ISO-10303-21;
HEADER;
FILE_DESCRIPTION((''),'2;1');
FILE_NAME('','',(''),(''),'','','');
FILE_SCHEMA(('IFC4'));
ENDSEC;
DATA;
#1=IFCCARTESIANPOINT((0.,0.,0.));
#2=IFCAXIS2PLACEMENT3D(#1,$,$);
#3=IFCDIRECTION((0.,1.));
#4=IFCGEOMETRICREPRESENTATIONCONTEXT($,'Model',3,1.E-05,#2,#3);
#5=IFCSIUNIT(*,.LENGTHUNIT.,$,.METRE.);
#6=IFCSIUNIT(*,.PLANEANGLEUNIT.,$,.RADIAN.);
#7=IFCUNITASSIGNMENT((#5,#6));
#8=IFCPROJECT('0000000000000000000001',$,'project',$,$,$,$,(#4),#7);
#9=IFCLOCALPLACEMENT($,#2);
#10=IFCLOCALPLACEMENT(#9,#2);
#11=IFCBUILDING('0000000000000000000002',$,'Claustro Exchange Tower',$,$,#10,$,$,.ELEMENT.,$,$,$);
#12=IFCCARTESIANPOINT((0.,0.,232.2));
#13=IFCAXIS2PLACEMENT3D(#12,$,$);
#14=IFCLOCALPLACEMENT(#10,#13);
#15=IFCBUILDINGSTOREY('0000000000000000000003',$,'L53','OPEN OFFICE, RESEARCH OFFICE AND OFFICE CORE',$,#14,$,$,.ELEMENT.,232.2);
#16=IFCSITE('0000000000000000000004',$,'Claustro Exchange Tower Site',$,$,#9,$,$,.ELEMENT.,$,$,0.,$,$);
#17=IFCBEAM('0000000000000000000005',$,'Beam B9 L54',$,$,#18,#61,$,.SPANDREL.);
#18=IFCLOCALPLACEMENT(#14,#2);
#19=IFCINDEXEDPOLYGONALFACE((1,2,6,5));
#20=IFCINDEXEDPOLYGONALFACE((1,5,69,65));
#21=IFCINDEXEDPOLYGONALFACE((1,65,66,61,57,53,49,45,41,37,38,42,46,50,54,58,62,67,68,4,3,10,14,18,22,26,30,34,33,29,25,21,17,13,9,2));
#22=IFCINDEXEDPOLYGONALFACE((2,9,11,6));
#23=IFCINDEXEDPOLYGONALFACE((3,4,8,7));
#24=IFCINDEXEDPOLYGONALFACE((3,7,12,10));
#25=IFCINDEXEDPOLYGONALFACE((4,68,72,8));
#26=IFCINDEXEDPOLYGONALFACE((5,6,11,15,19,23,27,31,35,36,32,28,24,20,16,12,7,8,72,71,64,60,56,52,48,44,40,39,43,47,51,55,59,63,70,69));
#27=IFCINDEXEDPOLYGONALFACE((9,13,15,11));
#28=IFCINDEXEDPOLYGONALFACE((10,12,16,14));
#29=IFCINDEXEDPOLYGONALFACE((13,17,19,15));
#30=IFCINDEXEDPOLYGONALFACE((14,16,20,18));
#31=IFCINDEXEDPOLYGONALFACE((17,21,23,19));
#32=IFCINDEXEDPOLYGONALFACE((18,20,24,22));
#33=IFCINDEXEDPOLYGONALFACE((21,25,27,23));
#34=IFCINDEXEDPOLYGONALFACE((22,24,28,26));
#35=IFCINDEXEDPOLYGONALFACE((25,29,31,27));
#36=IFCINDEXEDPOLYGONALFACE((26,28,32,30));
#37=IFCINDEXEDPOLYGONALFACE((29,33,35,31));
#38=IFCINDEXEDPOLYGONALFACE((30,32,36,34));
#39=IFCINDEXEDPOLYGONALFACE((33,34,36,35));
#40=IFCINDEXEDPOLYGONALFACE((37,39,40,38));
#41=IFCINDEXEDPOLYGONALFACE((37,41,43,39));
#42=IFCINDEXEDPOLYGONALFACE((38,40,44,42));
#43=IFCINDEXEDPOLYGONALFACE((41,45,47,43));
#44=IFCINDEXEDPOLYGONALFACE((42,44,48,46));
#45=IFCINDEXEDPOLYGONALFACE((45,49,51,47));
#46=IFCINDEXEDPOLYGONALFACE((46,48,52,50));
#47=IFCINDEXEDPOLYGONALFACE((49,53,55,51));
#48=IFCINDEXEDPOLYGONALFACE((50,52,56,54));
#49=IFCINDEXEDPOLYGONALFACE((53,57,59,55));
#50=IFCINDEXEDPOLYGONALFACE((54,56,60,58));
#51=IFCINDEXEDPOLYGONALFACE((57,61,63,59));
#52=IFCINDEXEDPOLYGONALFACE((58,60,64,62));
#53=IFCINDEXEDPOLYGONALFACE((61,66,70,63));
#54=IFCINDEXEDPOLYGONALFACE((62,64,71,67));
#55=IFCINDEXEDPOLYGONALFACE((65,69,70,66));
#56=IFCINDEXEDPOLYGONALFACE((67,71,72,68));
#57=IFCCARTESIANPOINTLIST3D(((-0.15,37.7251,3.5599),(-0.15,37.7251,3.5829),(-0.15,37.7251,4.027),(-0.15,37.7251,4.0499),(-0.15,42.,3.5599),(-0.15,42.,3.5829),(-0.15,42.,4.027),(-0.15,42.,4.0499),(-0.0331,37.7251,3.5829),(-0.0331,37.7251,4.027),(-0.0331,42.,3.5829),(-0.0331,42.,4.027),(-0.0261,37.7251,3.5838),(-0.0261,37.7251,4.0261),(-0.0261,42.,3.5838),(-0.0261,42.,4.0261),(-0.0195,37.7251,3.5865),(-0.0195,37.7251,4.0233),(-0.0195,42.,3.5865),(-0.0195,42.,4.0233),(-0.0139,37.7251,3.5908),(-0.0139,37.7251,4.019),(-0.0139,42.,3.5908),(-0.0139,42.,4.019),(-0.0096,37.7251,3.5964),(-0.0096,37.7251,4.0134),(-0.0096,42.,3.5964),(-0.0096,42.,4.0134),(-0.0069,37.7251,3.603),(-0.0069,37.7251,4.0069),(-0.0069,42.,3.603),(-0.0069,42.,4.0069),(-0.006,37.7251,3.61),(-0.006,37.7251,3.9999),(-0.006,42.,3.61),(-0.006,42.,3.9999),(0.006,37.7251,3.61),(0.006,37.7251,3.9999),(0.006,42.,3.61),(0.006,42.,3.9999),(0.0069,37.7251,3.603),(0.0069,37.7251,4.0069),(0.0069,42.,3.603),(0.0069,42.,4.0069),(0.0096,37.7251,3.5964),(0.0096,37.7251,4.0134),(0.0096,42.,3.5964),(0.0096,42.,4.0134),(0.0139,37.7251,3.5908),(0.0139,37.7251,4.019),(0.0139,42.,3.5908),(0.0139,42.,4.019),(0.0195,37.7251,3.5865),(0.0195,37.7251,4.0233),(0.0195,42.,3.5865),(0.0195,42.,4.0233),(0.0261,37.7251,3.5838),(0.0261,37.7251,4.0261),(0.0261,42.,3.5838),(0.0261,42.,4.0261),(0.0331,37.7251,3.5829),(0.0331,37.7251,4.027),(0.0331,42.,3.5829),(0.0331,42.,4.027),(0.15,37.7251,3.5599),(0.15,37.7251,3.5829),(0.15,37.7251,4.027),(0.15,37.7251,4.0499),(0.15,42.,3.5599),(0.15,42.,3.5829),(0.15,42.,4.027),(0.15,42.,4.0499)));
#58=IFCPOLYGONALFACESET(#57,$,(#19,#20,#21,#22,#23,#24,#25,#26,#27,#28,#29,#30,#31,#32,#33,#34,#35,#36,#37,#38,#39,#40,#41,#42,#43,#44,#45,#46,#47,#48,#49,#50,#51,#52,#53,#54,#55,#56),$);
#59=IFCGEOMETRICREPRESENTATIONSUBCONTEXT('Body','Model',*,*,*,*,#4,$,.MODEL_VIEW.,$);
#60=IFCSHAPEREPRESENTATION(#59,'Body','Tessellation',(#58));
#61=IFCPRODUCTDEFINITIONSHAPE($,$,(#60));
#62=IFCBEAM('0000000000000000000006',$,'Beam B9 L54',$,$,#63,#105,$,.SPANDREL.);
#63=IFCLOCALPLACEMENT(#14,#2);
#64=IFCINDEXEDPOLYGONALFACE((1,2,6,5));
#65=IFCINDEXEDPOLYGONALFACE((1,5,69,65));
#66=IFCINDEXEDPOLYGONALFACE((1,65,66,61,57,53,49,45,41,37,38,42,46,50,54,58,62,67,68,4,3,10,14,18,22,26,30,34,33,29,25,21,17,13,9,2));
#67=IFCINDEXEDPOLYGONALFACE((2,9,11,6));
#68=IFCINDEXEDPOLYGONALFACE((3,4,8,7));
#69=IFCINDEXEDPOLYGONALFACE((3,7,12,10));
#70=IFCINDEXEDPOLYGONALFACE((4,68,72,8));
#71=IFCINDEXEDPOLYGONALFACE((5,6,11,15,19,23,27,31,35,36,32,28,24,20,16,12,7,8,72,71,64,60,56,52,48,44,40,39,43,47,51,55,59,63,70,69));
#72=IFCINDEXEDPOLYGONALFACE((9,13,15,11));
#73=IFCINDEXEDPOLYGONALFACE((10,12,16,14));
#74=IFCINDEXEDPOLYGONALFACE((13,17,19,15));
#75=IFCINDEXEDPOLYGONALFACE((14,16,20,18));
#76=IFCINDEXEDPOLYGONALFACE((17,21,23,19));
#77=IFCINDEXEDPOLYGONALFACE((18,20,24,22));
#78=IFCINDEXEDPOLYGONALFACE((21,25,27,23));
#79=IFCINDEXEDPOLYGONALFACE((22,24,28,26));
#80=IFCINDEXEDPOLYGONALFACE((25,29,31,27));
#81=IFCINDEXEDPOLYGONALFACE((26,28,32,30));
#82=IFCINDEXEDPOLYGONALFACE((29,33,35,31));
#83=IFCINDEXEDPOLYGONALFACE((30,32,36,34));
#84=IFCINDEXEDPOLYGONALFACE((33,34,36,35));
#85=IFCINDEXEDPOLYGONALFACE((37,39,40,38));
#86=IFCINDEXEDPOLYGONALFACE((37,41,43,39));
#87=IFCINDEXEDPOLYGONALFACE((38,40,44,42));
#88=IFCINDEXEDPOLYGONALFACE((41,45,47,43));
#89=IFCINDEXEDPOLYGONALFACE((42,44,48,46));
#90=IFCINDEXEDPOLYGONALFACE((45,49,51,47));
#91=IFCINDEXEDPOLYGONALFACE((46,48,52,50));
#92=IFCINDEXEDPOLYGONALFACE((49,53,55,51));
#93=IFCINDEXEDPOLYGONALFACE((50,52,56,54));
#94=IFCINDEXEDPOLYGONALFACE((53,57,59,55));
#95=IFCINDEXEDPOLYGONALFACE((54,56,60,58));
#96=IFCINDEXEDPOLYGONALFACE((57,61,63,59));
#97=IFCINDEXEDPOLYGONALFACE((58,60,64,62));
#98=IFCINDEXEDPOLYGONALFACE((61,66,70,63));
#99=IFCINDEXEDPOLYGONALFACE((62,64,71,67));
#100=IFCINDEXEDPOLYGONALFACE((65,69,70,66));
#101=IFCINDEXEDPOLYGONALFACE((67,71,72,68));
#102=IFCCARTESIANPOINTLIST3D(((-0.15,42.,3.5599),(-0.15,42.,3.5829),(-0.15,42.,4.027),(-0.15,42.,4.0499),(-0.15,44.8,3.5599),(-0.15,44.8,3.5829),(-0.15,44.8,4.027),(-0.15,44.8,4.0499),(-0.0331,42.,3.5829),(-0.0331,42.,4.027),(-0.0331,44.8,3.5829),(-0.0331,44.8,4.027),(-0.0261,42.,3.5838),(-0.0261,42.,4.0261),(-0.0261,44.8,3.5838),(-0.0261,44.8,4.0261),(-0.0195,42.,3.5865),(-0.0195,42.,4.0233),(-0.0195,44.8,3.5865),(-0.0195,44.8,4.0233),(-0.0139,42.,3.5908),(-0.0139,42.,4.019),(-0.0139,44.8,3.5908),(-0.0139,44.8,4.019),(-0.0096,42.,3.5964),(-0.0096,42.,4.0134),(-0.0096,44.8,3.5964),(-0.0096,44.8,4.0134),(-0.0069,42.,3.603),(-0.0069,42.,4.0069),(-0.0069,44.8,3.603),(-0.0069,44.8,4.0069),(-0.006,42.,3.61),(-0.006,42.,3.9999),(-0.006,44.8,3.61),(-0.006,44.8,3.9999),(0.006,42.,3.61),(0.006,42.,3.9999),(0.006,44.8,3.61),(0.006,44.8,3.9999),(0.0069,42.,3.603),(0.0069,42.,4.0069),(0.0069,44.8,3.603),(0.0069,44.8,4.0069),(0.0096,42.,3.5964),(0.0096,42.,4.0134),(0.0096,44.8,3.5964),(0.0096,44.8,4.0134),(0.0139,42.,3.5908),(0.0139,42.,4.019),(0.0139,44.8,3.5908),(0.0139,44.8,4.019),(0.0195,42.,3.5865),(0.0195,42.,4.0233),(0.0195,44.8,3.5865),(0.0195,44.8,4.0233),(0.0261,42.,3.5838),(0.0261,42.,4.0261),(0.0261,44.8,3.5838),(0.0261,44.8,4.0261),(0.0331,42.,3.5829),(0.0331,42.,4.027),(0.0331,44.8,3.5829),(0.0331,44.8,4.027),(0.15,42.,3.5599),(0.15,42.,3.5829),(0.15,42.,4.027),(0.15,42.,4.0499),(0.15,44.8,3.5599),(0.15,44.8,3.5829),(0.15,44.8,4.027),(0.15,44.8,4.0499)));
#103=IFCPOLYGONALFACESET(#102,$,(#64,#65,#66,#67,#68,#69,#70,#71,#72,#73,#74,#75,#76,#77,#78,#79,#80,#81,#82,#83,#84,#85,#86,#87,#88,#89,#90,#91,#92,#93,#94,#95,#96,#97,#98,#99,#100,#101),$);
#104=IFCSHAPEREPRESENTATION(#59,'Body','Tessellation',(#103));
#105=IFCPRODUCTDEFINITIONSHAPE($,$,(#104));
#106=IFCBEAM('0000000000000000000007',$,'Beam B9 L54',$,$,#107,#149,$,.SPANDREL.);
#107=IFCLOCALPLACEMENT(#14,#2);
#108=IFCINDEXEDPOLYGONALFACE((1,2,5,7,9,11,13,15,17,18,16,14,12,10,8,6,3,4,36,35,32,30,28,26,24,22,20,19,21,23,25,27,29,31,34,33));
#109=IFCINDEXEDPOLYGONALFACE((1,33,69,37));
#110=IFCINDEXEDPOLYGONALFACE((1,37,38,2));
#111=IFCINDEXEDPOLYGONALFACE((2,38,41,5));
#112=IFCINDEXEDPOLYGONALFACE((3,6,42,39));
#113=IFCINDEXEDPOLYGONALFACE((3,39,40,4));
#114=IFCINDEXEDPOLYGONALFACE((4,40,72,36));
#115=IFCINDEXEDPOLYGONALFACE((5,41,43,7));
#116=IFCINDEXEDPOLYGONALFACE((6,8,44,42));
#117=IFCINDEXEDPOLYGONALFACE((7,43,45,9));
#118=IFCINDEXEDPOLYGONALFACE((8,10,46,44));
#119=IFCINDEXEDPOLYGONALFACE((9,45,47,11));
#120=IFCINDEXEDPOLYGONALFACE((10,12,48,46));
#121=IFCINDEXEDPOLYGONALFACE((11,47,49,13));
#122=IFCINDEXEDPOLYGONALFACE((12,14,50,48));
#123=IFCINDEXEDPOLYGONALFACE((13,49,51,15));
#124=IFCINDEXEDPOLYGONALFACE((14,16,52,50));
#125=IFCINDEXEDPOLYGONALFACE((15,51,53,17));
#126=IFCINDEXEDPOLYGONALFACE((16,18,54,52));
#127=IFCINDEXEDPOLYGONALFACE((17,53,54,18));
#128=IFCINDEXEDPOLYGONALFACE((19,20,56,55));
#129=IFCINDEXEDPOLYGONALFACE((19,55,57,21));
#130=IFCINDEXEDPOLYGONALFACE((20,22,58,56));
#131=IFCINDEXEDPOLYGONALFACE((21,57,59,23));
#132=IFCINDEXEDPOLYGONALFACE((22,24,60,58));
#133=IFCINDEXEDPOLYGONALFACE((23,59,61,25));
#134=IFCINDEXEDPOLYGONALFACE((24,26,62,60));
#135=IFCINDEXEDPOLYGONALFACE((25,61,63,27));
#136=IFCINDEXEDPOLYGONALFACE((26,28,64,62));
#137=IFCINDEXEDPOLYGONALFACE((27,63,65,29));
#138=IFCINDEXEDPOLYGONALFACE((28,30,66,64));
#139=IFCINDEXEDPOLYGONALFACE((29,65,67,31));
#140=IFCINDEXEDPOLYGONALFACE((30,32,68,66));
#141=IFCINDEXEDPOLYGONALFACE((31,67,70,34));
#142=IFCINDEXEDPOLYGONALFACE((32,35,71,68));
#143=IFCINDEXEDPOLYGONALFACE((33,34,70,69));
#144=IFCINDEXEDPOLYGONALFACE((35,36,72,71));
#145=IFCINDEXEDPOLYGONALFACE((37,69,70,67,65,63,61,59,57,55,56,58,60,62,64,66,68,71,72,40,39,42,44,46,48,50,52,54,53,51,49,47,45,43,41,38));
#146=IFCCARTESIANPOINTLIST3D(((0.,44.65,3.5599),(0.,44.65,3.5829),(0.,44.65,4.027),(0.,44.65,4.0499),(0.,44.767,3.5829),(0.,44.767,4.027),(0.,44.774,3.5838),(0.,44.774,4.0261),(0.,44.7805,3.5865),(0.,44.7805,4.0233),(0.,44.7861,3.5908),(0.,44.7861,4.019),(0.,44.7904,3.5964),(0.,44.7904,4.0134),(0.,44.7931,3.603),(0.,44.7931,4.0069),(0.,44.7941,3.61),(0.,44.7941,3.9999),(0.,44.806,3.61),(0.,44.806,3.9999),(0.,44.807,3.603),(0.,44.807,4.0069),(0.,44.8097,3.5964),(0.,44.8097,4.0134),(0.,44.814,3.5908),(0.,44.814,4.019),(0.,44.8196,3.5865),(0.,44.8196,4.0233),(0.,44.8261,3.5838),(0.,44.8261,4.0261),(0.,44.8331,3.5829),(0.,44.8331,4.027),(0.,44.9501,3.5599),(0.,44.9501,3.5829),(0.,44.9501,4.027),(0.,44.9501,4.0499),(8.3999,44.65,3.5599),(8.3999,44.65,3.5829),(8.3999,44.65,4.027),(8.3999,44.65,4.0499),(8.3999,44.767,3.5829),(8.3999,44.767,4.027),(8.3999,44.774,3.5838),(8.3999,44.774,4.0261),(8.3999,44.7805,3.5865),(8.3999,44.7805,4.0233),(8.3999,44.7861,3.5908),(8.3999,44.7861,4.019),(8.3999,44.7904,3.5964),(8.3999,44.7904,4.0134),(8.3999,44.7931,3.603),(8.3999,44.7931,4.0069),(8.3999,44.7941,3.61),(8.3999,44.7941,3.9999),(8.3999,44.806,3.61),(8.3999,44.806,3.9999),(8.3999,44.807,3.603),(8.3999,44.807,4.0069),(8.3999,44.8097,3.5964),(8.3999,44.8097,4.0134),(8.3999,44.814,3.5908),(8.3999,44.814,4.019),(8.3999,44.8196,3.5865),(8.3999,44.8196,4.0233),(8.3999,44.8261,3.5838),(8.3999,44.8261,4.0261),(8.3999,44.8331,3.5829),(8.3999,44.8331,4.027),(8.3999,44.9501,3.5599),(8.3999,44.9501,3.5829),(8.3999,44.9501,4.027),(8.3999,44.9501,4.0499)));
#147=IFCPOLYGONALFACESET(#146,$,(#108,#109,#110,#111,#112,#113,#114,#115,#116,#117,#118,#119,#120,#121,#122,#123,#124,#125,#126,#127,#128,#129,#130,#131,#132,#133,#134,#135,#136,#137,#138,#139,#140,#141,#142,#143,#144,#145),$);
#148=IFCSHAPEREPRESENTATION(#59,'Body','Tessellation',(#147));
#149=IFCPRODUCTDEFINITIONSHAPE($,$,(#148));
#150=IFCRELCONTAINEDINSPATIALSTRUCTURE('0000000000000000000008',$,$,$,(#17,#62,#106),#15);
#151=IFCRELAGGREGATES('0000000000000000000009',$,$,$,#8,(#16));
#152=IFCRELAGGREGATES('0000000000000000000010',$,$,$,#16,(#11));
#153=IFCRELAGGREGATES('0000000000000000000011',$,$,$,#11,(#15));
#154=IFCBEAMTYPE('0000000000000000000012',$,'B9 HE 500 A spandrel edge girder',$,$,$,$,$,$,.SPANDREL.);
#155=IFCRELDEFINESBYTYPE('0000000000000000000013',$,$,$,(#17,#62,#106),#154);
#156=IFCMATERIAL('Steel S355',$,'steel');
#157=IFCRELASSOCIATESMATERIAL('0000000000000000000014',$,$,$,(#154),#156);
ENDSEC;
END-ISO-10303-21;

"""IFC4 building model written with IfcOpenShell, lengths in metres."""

from ifc_helpers import new_model, si_unit, direction, frame, origin, origin_2d, place, context, subcontext, project, spatial, i_section, extrude, material, material_profile, profile_set, type_object, element, save


model = new_model("IFC4")

# Units and contexts
model_context = context("Model", 3, precision=1e-05, world=origin(), true_north=direction((0.0, 1.0)))
body_context = subcontext(model_context, "Body", "Model", "MODEL_VIEW")
ifc_project = project(units=[si_unit("LENGTHUNIT", "METRE"), si_unit("PLANEANGLEUNIT", "RADIAN")], contexts=[model_context])

# Site, building, storey
site_placement = place(None, origin())
site = spatial("IfcSite", under=ifc_project, at=site_placement, Name="Claustro Exchange Tower Site", CompositionType="ELEMENT", RefElevation=0.0)
building_placement = place(site_placement, origin())
building = spatial("IfcBuilding", under=site, at=building_placement, Name="Claustro Exchange Tower", CompositionType="ELEMENT")
storey_placement = place(building_placement, frame((0.0, 0.0, 232.2)))
storey = spatial("IfcBuildingStorey", under=building, at=storey_placement, Name="L53", Description="OPEN OFFICE, RESEARCH OFFICE AND OFFICE CORE", CompositionType="ELEMENT", Elevation=232.2)

# Beams
ifc_material_1 = material(Name="Steel S355", Category="steel")
ifc_material_profile_1 = material_profile(ifc_material_1, i_section(OverallWidth=0.3, OverallDepth=0.49, WebThickness=0.012, FlangeThickness=0.0229, FilletRadius=0.0271, at=origin_2d()), Name="HE 500 A")
ifc_profile_set_1 = profile_set([ifc_material_profile_1], Name="Steel S355")
beam_type_1 = type_object("IfcBeamType", Name="B9 HE 500 A spandrel edge girder", PredefinedType="SPANDREL", material=ifc_profile_set_1)
beam_1_placement = place(storey_placement, frame((0.0, 37.7251, 3.8049), z_axis=(0.0, 1.0, 0.0), x_axis=(-1.0, 0.0, 0.0)))
element("IfcBeam", 1, at=beam_1_placement, inside=storey, type_object=beam_type_1, Name="Beam B9 L54", PredefinedType="SPANDREL", context=body_context, shape_type="SweptSolid", body=[
    extrude(i_section(OverallWidth=0.3, OverallDepth=0.49, WebThickness=0.012, FlangeThickness=0.0229, FilletRadius=0.0271, at=origin_2d()), origin(), (0.0, 0.0, 1.0), 4.2749),
])
beam_2_placement = place(storey_placement, frame((0.0, 42.0, 3.8049), z_axis=(0.0, 1.0, 0.0), x_axis=(-1.0, 0.0, 0.0)))
element("IfcBeam", 2, at=beam_2_placement, inside=storey, type_object=beam_type_1, Name="Beam B9 L54", PredefinedType="SPANDREL", context=body_context, shape_type="SweptSolid", body=[
    extrude(i_section(OverallWidth=0.3, OverallDepth=0.49, WebThickness=0.012, FlangeThickness=0.0229, FilletRadius=0.0271, at=origin_2d()), origin(), (0.0, 0.0, 1.0), 2.8),
])
beam_3_placement = place(storey_placement, frame((0.0, 44.8, 3.8049), z_axis=(1.0, 0.0, 0.0), x_axis=(0.0, 1.0, 0.0)))
element("IfcBeam", 3, at=beam_3_placement, inside=storey, type_object=beam_type_1, Name="Beam B9 L54", PredefinedType="SPANDREL", context=body_context, shape_type="SweptSolid", body=[
    extrude(i_section(OverallWidth=0.3, OverallDepth=0.49, WebThickness=0.012, FlangeThickness=0.0229, FilletRadius=0.0271, at=origin_2d()), origin(), (0.0, 0.0, 1.0), 8.3999),
])

save(model, "model.ifc")
